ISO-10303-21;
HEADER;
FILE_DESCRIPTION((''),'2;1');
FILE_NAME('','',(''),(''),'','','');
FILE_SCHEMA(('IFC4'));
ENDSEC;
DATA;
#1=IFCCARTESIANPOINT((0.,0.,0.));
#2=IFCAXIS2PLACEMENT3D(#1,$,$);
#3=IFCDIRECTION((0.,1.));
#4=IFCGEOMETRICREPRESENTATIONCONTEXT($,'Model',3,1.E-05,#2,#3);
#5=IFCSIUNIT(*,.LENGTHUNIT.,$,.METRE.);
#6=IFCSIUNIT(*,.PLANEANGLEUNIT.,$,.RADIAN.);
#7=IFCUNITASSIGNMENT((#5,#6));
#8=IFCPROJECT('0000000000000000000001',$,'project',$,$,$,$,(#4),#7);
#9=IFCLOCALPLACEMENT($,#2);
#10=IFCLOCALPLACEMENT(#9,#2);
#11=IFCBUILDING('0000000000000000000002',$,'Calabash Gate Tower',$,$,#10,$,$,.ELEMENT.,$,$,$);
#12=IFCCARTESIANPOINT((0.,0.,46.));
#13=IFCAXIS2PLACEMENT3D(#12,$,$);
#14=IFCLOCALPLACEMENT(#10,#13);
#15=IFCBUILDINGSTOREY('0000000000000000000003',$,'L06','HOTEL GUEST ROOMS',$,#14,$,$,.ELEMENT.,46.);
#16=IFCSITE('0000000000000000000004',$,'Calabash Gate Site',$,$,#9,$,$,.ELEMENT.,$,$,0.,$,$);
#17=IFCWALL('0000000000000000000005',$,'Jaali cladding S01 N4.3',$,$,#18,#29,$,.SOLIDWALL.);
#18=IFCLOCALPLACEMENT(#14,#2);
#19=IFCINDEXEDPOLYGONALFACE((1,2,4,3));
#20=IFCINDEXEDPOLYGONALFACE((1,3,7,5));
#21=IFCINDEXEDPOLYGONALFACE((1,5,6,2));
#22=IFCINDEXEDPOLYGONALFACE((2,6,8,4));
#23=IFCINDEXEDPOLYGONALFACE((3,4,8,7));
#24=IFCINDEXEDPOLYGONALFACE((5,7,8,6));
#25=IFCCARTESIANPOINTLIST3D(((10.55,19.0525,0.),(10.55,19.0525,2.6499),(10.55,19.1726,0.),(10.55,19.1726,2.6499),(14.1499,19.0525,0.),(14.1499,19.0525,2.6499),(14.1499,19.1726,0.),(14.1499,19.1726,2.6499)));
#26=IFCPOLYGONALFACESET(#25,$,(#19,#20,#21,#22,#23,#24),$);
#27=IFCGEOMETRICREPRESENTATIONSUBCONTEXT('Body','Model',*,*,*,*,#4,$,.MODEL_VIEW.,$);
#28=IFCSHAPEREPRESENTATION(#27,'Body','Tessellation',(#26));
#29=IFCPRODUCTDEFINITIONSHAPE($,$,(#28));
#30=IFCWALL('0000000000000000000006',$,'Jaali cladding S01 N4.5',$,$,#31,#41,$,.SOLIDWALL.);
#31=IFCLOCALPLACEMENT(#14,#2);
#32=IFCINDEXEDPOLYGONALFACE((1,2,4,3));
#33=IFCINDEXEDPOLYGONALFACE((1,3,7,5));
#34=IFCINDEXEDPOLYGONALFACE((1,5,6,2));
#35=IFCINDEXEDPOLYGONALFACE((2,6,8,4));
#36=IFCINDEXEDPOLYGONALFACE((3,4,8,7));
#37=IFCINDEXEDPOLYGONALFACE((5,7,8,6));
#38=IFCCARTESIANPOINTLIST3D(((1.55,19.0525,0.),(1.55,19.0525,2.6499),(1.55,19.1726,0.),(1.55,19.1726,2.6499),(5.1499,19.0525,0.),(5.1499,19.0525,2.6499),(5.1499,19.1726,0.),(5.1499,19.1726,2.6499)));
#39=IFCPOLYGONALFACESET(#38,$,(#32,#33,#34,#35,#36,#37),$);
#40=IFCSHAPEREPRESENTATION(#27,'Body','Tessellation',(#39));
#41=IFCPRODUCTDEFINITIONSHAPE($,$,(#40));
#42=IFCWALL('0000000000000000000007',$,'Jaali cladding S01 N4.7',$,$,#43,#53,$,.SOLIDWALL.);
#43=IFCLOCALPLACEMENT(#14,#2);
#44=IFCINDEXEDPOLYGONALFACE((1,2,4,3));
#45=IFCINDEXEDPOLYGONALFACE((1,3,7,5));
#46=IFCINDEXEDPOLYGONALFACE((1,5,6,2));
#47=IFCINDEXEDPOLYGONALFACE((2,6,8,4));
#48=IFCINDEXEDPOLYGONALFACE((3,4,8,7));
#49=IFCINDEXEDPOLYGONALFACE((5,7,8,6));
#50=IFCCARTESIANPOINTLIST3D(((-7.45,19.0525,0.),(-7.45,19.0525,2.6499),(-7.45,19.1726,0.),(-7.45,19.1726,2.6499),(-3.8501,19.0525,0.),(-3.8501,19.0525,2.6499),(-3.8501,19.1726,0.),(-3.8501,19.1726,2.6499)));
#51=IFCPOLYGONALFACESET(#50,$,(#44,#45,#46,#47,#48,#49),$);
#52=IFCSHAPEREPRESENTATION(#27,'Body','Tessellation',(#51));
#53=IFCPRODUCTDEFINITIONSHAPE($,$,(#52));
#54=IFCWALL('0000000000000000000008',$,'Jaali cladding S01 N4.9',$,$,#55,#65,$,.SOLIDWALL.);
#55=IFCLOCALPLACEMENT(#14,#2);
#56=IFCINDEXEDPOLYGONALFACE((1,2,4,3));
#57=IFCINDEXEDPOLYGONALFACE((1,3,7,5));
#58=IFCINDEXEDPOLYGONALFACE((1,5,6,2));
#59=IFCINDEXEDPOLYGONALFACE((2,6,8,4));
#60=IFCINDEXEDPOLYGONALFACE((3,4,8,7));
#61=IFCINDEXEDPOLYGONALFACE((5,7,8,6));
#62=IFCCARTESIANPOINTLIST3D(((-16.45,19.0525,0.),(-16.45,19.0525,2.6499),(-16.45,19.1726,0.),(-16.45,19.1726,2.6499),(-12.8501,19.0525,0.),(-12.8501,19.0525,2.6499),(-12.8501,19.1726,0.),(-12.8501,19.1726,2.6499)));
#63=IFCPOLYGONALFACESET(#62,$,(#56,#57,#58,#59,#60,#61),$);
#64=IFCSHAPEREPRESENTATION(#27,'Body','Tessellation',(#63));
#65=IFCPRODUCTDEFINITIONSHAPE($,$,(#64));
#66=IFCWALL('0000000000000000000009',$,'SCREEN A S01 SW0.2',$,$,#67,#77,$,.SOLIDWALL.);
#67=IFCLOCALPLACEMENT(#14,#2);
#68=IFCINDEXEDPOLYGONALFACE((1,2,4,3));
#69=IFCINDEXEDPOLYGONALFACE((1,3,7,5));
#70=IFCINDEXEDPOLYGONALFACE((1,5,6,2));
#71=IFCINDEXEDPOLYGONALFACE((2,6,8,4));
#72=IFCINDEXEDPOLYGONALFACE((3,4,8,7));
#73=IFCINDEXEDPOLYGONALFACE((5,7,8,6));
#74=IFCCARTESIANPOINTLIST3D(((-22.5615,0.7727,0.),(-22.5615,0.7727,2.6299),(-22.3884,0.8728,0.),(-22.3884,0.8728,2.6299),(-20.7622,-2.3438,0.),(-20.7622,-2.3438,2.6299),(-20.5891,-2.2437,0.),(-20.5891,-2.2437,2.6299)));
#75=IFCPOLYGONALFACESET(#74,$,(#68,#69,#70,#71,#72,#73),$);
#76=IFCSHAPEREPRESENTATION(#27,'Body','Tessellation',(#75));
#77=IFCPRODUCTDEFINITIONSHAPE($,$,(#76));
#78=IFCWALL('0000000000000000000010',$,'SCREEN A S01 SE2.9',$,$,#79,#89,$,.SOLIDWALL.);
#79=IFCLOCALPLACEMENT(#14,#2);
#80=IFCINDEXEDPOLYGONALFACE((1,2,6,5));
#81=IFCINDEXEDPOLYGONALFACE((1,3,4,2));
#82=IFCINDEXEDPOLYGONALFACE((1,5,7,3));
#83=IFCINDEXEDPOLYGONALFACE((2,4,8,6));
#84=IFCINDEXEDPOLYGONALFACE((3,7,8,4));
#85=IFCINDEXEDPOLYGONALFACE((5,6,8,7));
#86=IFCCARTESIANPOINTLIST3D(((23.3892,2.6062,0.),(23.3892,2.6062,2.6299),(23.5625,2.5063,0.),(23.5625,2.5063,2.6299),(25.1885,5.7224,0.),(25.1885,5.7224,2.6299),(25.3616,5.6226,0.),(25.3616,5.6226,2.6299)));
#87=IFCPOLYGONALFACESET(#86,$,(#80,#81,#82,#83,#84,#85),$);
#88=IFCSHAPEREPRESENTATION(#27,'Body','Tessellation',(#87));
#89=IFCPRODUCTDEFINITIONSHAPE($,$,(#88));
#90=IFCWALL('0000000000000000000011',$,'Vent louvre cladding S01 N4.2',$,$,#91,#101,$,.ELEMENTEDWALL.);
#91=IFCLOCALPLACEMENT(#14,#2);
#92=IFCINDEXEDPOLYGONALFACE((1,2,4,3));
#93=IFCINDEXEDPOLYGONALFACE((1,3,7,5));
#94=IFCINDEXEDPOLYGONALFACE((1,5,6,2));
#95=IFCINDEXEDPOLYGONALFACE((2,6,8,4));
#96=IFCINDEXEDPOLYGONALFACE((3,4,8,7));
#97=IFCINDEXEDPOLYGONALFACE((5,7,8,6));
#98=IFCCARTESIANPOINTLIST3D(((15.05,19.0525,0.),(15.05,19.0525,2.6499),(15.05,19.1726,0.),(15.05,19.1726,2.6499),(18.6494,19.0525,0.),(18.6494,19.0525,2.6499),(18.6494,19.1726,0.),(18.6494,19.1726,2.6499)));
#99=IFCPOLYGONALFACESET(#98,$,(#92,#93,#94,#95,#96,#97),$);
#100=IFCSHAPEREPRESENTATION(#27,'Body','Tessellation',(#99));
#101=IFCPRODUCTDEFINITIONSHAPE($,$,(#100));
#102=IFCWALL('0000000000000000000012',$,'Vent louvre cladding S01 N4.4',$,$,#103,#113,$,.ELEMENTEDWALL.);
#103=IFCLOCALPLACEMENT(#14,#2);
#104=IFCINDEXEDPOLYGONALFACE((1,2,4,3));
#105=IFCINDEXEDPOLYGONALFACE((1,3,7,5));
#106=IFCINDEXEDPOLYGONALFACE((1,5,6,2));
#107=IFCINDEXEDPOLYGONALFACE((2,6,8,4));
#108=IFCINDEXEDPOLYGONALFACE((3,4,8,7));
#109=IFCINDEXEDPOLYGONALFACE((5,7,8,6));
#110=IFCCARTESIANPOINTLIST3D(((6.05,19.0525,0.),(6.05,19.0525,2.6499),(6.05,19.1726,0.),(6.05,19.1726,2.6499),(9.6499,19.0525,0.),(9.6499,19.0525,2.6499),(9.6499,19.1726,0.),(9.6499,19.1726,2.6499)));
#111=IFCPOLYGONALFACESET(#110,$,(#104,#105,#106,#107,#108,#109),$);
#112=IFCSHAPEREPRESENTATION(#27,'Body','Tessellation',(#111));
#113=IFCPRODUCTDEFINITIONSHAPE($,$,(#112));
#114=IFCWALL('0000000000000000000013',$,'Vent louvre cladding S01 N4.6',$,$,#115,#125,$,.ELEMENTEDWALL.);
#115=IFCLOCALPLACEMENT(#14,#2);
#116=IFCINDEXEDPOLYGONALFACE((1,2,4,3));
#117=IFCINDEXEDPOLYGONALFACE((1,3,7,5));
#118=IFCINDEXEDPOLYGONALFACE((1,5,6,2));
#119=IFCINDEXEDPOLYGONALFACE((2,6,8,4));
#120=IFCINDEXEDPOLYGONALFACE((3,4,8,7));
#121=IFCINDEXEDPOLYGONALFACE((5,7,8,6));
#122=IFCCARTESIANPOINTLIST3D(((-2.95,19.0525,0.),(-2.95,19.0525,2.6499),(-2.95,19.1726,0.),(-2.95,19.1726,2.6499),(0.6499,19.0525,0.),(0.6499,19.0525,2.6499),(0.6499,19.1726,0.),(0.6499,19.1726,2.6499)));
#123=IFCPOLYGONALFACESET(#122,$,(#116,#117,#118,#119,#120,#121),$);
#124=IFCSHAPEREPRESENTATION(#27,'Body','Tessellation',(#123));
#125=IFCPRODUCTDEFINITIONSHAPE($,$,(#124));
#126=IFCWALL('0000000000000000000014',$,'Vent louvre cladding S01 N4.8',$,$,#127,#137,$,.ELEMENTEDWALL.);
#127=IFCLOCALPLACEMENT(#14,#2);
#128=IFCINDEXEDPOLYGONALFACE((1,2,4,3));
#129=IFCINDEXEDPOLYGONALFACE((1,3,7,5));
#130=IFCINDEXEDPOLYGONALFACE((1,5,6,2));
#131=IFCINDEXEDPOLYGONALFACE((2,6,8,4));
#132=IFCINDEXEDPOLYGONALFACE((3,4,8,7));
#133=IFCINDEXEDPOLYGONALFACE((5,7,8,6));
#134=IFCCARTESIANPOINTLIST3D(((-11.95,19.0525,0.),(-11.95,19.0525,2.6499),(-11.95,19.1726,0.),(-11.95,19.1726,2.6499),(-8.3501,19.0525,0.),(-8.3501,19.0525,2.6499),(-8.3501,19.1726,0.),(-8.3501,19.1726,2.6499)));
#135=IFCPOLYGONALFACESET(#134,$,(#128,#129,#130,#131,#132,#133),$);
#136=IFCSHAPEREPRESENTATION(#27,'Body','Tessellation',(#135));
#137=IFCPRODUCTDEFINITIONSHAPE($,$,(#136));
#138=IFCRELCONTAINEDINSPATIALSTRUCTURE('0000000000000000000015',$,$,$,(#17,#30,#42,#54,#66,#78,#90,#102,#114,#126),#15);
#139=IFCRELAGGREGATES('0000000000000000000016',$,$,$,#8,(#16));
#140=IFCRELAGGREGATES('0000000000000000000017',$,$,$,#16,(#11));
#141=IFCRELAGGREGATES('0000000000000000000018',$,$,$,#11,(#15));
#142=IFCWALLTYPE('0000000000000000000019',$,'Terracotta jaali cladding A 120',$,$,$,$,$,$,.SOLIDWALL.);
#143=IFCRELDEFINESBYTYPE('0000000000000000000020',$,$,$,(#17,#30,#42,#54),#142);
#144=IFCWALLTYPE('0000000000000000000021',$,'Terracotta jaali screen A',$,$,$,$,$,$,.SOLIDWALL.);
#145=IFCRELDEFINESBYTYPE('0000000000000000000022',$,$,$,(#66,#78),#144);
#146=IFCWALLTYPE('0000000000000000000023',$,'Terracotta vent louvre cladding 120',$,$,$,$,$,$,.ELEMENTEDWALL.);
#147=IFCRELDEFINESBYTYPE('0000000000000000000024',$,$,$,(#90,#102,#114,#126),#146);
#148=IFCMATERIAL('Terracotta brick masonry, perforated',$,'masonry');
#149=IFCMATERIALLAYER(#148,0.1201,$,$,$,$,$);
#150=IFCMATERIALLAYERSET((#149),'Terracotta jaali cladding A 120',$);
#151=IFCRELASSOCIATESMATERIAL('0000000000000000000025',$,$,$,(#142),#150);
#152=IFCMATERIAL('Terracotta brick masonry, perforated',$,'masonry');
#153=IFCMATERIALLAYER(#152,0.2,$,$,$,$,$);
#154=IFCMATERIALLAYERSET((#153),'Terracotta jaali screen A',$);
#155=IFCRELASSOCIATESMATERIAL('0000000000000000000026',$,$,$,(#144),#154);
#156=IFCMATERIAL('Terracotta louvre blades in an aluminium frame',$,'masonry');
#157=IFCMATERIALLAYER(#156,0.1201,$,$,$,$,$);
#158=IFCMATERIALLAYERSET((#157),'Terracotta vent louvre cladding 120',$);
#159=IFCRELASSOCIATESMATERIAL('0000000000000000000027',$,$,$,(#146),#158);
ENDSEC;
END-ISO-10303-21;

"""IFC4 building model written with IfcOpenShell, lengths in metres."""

from ifc_helpers import new_model, si_unit, direction, frame, origin, place, context, subcontext, project, spatial, polyline, outline, extrude, material, layer, layer_set, type_object, element, save


model = new_model("IFC4")

# Units and contexts
model_context = context("Model", 3, precision=1e-05, world=origin(), true_north=direction((0.0, 1.0)))
body_context = subcontext(model_context, "Body", "Model", "MODEL_VIEW")
ifc_project = project(units=[si_unit("LENGTHUNIT", "METRE"), si_unit("PLANEANGLEUNIT", "RADIAN")], contexts=[model_context])

# Site, building, storey
site_placement = place(None, origin())
site = spatial("IfcSite", under=ifc_project, at=site_placement, Name="Calabash Gate Site", CompositionType="ELEMENT", RefElevation=0.0)
building_placement = place(site_placement, origin())
building = spatial("IfcBuilding", under=site, at=building_placement, Name="Calabash Gate Tower", CompositionType="ELEMENT")
storey_placement = place(building_placement, frame((0.0, 0.0, 46.0)))
storey = spatial("IfcBuildingStorey", under=building, at=storey_placement, Name="L06", Description="HOTEL GUEST ROOMS", CompositionType="ELEMENT", Elevation=46.0)

# Walls
ifc_material_1 = material(Name="Terracotta brick masonry, perforated", Category="masonry")
ifc_layer_1 = layer(ifc_material_1, 0.1201)
ifc_layer_set_1 = layer_set([ifc_layer_1], Name="Terracotta jaali cladding A 120")
wall_type_1 = type_object("IfcWallType", Name="Terracotta jaali cladding A 120", PredefinedType="SOLIDWALL", material=ifc_layer_set_1)
wall_1_placement = place(storey_placement, origin())
element("IfcWall", 1, at=wall_1_placement, inside=storey, type_object=wall_type_1, Name="Jaali cladding S01 N4.3", PredefinedType="SOLIDWALL", context=body_context, shape_type="SweptSolid", body=[
    extrude(outline(polyline([(10.55, 19.1726), (10.55, 19.0525), (14.1499, 19.0525), (14.1499, 19.1726), (10.55, 19.1726)])), origin(), (0.0, 0.0, 1.0), 2.6499),
])
wall_2_placement = place(storey_placement, origin())
element("IfcWall", 2, at=wall_2_placement, inside=storey, type_object=wall_type_1, Name="Jaali cladding S01 N4.5", PredefinedType="SOLIDWALL", context=body_context, shape_type="SweptSolid", body=[
    extrude(outline(polyline([(1.55, 19.1726), (1.55, 19.0525), (5.1499, 19.0525), (5.1499, 19.1726), (1.55, 19.1726)])), origin(), (0.0, 0.0, 1.0), 2.6499),
])
wall_3_placement = place(storey_placement, origin())
element("IfcWall", 3, at=wall_3_placement, inside=storey, type_object=wall_type_1, Name="Jaali cladding S01 N4.7", PredefinedType="SOLIDWALL", context=body_context, shape_type="SweptSolid", body=[
    extrude(outline(polyline([(-7.45, 19.1726), (-7.45, 19.0525), (-3.8501, 19.0525), (-3.8501, 19.1726), (-7.45, 19.1726)])), origin(), (0.0, 0.0, 1.0), 2.6499),
])
wall_4_placement = place(storey_placement, origin())
element("IfcWall", 4, at=wall_4_placement, inside=storey, type_object=wall_type_1, Name="Jaali cladding S01 N4.9", PredefinedType="SOLIDWALL", context=body_context, shape_type="SweptSolid", body=[
    extrude(outline(polyline([(-16.45, 19.1726), (-16.45, 19.0525), (-12.8501, 19.0525), (-12.8501, 19.1726), (-16.45, 19.1726)])), origin(), (0.0, 0.0, 1.0), 2.6499),
])
ifc_material_2 = material(Name="Terracotta brick masonry, perforated", Category="masonry")
ifc_layer_2 = layer(ifc_material_2, 0.2)
ifc_layer_set_2 = layer_set([ifc_layer_2], Name="Terracotta jaali screen A")
wall_type_2 = type_object("IfcWallType", Name="Terracotta jaali screen A", PredefinedType="SOLIDWALL", material=ifc_layer_set_2)
wall_5_placement = place(storey_placement, origin())
element("IfcWall", 5, at=wall_5_placement, inside=storey, type_object=wall_type_2, Name="SCREEN A S01 SW0.2", PredefinedType="SOLIDWALL", context=body_context, shape_type="SweptSolid", body=[
    extrude(outline(polyline([(-22.5615, 0.7727), (-20.7622, -2.3438), (-20.5891, -2.2437), (-22.3884, 0.8728), (-22.5615, 0.7727)])), origin(), (0.0, 0.0, 1.0), 2.6299),
])
wall_6_placement = place(storey_placement, origin())
element("IfcWall", 6, at=wall_6_placement, inside=storey, type_object=wall_type_2, Name="SCREEN A S01 SE2.9", PredefinedType="SOLIDWALL", context=body_context, shape_type="SweptSolid", body=[
    extrude(outline(polyline([(25.1885, 5.7224), (23.3892, 2.6062), (23.5625, 2.5063), (25.3616, 5.6226), (25.1885, 5.7224)])), origin(), (0.0, 0.0, 1.0), 2.6299),
])
ifc_material_3 = material(Name="Terracotta louvre blades in an aluminium frame", Category="masonry")
ifc_layer_3 = layer(ifc_material_3, 0.1201)
ifc_layer_set_3 = layer_set([ifc_layer_3], Name="Terracotta vent louvre cladding 120")
wall_type_3 = type_object("IfcWallType", Name="Terracotta vent louvre cladding 120", PredefinedType="ELEMENTEDWALL", material=ifc_layer_set_3)
wall_7_placement = place(storey_placement, origin())
element("IfcWall", 7, at=wall_7_placement, inside=storey, type_object=wall_type_3, Name="Vent louvre cladding S01 N4.2", PredefinedType="ELEMENTEDWALL", context=body_context, shape_type="SweptSolid", body=[
    extrude(outline(polyline([(15.05, 19.1726), (15.05, 19.0525), (18.6494, 19.0525), (18.6494, 19.1726), (15.05, 19.1726)])), origin(), (0.0, 0.0, 1.0), 2.6499),
])
wall_8_placement = place(storey_placement, origin())
element("IfcWall", 8, at=wall_8_placement, inside=storey, type_object=wall_type_3, Name="Vent louvre cladding S01 N4.4", PredefinedType="ELEMENTEDWALL", context=body_context, shape_type="SweptSolid", body=[
    extrude(outline(polyline([(6.05, 19.1726), (6.05, 19.0525), (9.6499, 19.0525), (9.6499, 19.1726), (6.05, 19.1726)])), origin(), (0.0, 0.0, 1.0), 2.6499),
])
wall_9_placement = place(storey_placement, origin())
element("IfcWall", 9, at=wall_9_placement, inside=storey, type_object=wall_type_3, Name="Vent louvre cladding S01 N4.6", PredefinedType="ELEMENTEDWALL", context=body_context, shape_type="SweptSolid", body=[
    extrude(outline(polyline([(-2.95, 19.1726), (-2.95, 19.0525), (0.6499, 19.0525), (0.6499, 19.1726), (-2.95, 19.1726)])), origin(), (0.0, 0.0, 1.0), 2.6499),
])
wall_10_placement = place(storey_placement, origin())
element("IfcWall", 10, at=wall_10_placement, inside=storey, type_object=wall_type_3, Name="Vent louvre cladding S01 N4.8", PredefinedType="ELEMENTEDWALL", context=body_context, shape_type="SweptSolid", body=[
    extrude(outline(polyline([(-11.95, 19.1726), (-11.95, 19.0525), (-8.3501, 19.0525), (-8.3501, 19.1726), (-11.95, 19.1726)])), origin(), (0.0, 0.0, 1.0), 2.6499),
])

save(model, "model.ifc")
